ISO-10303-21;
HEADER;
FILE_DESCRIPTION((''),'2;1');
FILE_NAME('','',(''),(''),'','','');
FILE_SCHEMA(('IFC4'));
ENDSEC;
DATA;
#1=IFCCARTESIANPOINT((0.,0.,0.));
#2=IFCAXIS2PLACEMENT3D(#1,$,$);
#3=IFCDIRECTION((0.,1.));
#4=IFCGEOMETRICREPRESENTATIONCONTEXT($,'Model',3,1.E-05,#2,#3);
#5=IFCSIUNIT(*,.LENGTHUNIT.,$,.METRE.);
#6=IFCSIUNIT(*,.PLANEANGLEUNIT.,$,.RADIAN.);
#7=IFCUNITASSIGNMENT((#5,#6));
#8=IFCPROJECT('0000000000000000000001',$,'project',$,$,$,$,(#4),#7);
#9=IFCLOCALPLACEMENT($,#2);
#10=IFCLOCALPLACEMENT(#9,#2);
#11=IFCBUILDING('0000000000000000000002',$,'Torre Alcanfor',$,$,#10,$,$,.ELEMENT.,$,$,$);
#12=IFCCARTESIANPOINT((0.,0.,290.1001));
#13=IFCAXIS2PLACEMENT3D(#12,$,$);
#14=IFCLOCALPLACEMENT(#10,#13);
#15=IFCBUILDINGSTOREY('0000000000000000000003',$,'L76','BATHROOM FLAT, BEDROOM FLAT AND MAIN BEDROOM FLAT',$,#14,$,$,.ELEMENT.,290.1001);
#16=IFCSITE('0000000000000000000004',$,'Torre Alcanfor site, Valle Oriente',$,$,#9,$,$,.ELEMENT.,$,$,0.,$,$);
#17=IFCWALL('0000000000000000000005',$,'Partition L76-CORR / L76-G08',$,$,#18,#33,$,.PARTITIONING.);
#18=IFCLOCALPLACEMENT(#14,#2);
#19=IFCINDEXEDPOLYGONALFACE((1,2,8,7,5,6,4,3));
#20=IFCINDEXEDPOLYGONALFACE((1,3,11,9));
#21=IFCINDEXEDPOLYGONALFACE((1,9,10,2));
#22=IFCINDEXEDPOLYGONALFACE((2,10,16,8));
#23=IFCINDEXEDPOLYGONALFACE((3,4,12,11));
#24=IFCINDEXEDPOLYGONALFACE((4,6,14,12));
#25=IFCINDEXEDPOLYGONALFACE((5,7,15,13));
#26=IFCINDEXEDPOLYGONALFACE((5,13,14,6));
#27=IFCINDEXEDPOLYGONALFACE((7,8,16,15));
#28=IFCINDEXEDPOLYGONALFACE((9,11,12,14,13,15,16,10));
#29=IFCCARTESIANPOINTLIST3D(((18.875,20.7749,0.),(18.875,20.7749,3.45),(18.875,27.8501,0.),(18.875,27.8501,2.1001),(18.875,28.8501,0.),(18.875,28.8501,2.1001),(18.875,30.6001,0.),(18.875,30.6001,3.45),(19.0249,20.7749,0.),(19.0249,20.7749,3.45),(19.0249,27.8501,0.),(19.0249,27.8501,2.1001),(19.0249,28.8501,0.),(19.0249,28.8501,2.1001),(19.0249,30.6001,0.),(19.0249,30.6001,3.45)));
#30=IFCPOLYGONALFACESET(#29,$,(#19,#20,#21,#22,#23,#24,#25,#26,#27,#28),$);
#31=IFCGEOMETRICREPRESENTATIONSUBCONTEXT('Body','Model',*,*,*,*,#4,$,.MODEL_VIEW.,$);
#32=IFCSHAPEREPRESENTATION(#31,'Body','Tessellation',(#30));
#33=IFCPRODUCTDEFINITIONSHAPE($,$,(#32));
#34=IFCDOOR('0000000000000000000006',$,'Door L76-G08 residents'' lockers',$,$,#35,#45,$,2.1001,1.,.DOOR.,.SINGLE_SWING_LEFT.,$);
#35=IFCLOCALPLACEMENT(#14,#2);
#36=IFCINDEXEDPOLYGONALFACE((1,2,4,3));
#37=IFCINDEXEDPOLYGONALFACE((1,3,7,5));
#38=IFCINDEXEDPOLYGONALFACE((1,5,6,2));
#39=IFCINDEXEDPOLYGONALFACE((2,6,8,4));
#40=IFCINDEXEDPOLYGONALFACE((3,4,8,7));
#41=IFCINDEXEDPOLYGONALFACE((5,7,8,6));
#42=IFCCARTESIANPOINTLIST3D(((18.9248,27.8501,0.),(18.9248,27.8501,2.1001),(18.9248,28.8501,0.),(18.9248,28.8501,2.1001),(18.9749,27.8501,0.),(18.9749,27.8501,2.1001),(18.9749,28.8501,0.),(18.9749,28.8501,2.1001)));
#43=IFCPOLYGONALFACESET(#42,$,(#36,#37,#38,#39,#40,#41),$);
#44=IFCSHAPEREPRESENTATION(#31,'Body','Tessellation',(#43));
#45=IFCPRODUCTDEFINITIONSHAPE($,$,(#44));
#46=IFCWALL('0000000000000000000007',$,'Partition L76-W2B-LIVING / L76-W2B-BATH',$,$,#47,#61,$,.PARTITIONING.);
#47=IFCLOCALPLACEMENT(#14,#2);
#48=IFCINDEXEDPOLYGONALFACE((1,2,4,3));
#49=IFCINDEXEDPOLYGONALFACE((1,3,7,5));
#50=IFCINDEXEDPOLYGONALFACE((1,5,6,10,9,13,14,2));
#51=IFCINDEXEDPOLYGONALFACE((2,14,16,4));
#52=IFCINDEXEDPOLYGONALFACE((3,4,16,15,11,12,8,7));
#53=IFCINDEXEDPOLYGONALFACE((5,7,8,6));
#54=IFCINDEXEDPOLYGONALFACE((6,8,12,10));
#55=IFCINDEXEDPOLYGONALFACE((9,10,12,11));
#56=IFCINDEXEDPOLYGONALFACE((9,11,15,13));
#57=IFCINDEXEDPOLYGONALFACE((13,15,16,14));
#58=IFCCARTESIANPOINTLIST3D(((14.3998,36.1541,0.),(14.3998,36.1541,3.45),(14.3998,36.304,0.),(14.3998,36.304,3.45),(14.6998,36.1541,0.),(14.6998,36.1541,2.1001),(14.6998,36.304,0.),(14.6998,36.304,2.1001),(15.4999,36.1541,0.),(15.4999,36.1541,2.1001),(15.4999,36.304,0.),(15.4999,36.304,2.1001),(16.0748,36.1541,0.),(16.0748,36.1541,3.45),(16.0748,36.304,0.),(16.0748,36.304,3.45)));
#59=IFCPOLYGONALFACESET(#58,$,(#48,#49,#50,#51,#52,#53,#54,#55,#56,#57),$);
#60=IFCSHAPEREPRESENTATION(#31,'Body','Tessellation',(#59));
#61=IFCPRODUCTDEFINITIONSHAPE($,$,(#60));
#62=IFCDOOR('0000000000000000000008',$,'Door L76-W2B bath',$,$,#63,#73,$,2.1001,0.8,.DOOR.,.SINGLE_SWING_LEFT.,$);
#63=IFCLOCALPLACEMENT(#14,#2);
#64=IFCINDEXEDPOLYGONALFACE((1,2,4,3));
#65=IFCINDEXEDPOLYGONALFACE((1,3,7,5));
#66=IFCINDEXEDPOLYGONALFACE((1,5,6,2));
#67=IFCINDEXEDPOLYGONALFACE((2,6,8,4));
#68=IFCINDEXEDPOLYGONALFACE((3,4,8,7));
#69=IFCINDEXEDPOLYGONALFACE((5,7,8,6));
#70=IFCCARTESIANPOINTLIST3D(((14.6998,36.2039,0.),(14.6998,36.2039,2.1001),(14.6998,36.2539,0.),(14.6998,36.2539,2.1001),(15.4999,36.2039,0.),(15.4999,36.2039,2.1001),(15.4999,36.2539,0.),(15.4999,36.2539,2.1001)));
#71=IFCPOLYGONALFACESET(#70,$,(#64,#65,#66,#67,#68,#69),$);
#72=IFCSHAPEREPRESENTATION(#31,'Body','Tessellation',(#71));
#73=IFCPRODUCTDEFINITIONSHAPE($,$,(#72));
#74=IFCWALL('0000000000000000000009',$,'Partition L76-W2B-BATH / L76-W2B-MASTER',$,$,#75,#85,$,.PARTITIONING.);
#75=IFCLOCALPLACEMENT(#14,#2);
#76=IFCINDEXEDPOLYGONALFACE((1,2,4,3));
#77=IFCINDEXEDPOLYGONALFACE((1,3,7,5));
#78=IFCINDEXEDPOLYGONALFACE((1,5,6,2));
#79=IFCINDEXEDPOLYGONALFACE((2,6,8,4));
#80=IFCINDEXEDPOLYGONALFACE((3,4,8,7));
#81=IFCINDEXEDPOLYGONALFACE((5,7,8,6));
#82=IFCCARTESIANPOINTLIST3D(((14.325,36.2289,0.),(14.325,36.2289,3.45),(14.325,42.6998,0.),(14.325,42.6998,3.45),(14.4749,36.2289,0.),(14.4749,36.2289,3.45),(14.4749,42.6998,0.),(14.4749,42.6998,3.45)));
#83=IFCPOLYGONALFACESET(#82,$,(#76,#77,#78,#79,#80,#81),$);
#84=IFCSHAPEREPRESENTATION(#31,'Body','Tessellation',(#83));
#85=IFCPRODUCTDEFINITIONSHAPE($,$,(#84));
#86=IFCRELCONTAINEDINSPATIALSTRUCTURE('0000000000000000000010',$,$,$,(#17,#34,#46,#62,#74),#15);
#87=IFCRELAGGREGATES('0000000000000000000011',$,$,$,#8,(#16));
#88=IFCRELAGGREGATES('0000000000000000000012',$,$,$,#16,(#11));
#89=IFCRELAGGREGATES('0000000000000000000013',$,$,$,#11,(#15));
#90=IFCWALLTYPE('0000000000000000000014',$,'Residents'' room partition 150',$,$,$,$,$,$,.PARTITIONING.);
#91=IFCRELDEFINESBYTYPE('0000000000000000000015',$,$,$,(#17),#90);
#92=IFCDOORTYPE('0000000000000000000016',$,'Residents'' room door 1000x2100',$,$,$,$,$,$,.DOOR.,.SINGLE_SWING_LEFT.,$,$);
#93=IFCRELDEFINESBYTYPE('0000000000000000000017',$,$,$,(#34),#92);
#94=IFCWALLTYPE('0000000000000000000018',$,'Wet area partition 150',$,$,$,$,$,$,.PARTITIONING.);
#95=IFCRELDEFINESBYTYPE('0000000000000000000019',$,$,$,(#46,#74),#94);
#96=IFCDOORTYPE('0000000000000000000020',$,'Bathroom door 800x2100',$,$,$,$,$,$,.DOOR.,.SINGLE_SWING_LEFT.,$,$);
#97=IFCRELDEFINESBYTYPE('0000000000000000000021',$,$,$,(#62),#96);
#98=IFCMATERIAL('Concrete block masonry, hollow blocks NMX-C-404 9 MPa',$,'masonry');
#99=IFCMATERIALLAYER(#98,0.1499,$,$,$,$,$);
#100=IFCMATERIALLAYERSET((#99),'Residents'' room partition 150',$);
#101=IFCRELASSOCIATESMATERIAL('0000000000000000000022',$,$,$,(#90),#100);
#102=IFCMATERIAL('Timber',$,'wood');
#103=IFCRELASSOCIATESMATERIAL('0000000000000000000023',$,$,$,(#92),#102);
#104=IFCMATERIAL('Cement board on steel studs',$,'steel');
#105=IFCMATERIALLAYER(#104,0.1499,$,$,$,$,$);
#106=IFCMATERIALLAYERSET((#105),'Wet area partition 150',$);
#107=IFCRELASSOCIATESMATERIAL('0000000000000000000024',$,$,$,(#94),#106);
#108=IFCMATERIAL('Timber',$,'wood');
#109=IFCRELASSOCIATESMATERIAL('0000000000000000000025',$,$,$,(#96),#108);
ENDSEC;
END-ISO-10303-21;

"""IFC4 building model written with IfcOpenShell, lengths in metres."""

from ifc_helpers import new_model, si_unit, direction, frame, frame_2d, origin, place, context, subcontext, project, spatial, rectangle, extrude, material, layer, layer_set, type_object, element, fill, save


model = new_model("IFC4")

# Units and contexts
model_context = context("Model", 3, precision=1e-05, world=origin(), true_north=direction((0.0, 1.0)))
body_context = subcontext(model_context, "Body", "Model", "MODEL_VIEW")
ifc_project = project(units=[si_unit("LENGTHUNIT", "METRE"), si_unit("PLANEANGLEUNIT", "RADIAN")], contexts=[model_context])

# Site, building, storey
site_placement = place(None, origin())
site = spatial("IfcSite", under=ifc_project, at=site_placement, Name="Torre Alcanfor site, Valle Oriente", CompositionType="ELEMENT", RefElevation=0.0)
building_placement = place(site_placement, origin())
building = spatial("IfcBuilding", under=site, at=building_placement, Name="Torre Alcanfor", CompositionType="ELEMENT")
storey_placement = place(building_placement, frame((0.0, 0.0, 290.1001)))
storey = spatial("IfcBuildingStorey", under=building, at=storey_placement, Name="L76", Description="BATHROOM FLAT, BEDROOM FLAT AND MAIN BEDROOM FLAT", CompositionType="ELEMENT", Elevation=290.1001)

# Walls, openings, doors
ifc_material_1 = material(Name="Concrete block masonry, hollow blocks NMX-C-404 9 MPa", Category="masonry")
ifc_layer_1 = layer(ifc_material_1, 0.1499)
ifc_layer_set_1 = layer_set([ifc_layer_1], Name="Residents' room partition 150")
wall_type_1 = type_object("IfcWallType", Name="Residents' room partition 150", PredefinedType="PARTITIONING", material=ifc_layer_set_1)
wall_1_placement = place(storey_placement, frame((18.95, 30.6001, 0.0), z_axis=(0.0, 0.0, 1.0), x_axis=(0.0, -1.0, 0.0)))
wall_1 = element("IfcWall", 1, at=wall_1_placement, inside=storey, type_object=wall_type_1, Name="Partition L76-CORR / L76-G08", PredefinedType="PARTITIONING", context=body_context, shape_type="SweptSolid", body=[
    extrude(rectangle(XDim=9.8252, YDim=0.1499, at=frame_2d((4.9126, 0.0))), origin(), (0.0, 0.0, 1.0), 3.45),
])
opening_1_placement = place(wall_1_placement, frame((1.75, 0.0, 0.0)))
opening_1 = element("IfcOpeningElement", 2, at=opening_1_placement, cuts=wall_1, PredefinedType="OPENING", context=body_context, shape_type="SweptSolid", body=[
    extrude(rectangle(XDim=1.0, YDim=2.1001, at=frame_2d((0.5, 1.05))), frame((0.0, 0.085, 0.0), z_axis=(0.0, -1.0, 0.0), x_axis=(1.0, 0.0, 0.0)), (0.0, 0.0, 1.0), 0.1699),
])
ifc_material_2 = material(Name="Timber", Category="wood")
door_type_1 = type_object("IfcDoorType", Name="Residents' room door 1000x2100", OperationType="SINGLE_SWING_LEFT", PredefinedType="DOOR", material=ifc_material_2)
door_1_placement = place(opening_1_placement, origin())
door_1 = element("IfcDoor", 3, at=door_1_placement, inside=storey, type_object=door_type_1, Name="Door L76-G08 residents' lockers", OperationType="SINGLE_SWING_LEFT", OverallHeight=2.1001, OverallWidth=1.0, PredefinedType="DOOR", context=body_context, shape_type="SweptSolid", body=[
    extrude(rectangle(XDim=1.0, YDim=2.1001, at=frame_2d((0.5, 1.05))), frame((0.0, 0.0249, 0.0), z_axis=(0.0, -1.0, 0.0), x_axis=(1.0, 0.0, 0.0)), (0.0, 0.0, 1.0), 0.05),
])
fill(opening_1, door_1)
ifc_material_3 = material(Name="Cement board on steel studs", Category="steel")
ifc_layer_2 = layer(ifc_material_3, 0.1499)
ifc_layer_set_2 = layer_set([ifc_layer_2], Name="Wet area partition 150")
wall_type_2 = type_object("IfcWallType", Name="Wet area partition 150", PredefinedType="PARTITIONING", material=ifc_layer_set_2)
wall_2_placement = place(storey_placement, frame((14.3999, 36.229, 0.0), z_axis=(0.0, 0.0, 1.0), x_axis=(1.0, 0.0, 0.0)))
wall_2 = element("IfcWall", 4, at=wall_2_placement, inside=storey, type_object=wall_type_2, Name="Partition L76-W2B-LIVING / L76-W2B-BATH", PredefinedType="PARTITIONING", context=body_context, shape_type="SweptSolid", body=[
    extrude(rectangle(XDim=1.675, YDim=0.1499, at=frame_2d((0.8374, 0.0))), origin(), (0.0, 0.0, 1.0), 3.45),
])
opening_2_placement = place(wall_2_placement, frame((0.3, 0.0, 0.0)))
opening_2 = element("IfcOpeningElement", 5, at=opening_2_placement, cuts=wall_2, PredefinedType="OPENING", context=body_context, shape_type="SweptSolid", body=[
    extrude(rectangle(XDim=0.8, YDim=2.1001, at=frame_2d((0.3999, 1.05))), frame((0.0, 0.085, 0.0), z_axis=(0.0, -1.0, 0.0), x_axis=(1.0, 0.0, 0.0)), (0.0, 0.0, 1.0), 0.1699),
])
ifc_material_4 = material(Name="Timber", Category="wood")
door_type_2 = type_object("IfcDoorType", Name="Bathroom door 800x2100", OperationType="SINGLE_SWING_LEFT", PredefinedType="DOOR", material=ifc_material_4)
door_2_placement = place(opening_2_placement, origin())
door_2 = element("IfcDoor", 6, at=door_2_placement, inside=storey, type_object=door_type_2, Name="Door L76-W2B bath", OperationType="SINGLE_SWING_LEFT", OverallHeight=2.1001, OverallWidth=0.8, PredefinedType="DOOR", context=body_context, shape_type="SweptSolid", body=[
    extrude(rectangle(XDim=0.8, YDim=2.1001, at=frame_2d((0.3999, 1.05))), frame((0.0, 0.0249, 0.0), z_axis=(0.0, -1.0, 0.0), x_axis=(1.0, 0.0, 0.0)), (0.0, 0.0, 1.0), 0.05),
])
fill(opening_2, door_2)

# Wall
wall_3_placement = place(storey_placement, frame((14.3999, 36.229, 0.0), z_axis=(0.0, 0.0, 1.0), x_axis=(0.0, 1.0, 0.0)))
element("IfcWall", 7, at=wall_3_placement, inside=storey, type_object=wall_type_2, Name="Partition L76-W2B-BATH / L76-W2B-MASTER", PredefinedType="PARTITIONING", context=body_context, shape_type="SweptSolid", body=[
    extrude(rectangle(XDim=6.4709, YDim=0.1499, at=frame_2d((3.2354, 0.0))), origin(), (0.0, 0.0, 1.0), 3.45),
])

save(model, "model.ifc")
